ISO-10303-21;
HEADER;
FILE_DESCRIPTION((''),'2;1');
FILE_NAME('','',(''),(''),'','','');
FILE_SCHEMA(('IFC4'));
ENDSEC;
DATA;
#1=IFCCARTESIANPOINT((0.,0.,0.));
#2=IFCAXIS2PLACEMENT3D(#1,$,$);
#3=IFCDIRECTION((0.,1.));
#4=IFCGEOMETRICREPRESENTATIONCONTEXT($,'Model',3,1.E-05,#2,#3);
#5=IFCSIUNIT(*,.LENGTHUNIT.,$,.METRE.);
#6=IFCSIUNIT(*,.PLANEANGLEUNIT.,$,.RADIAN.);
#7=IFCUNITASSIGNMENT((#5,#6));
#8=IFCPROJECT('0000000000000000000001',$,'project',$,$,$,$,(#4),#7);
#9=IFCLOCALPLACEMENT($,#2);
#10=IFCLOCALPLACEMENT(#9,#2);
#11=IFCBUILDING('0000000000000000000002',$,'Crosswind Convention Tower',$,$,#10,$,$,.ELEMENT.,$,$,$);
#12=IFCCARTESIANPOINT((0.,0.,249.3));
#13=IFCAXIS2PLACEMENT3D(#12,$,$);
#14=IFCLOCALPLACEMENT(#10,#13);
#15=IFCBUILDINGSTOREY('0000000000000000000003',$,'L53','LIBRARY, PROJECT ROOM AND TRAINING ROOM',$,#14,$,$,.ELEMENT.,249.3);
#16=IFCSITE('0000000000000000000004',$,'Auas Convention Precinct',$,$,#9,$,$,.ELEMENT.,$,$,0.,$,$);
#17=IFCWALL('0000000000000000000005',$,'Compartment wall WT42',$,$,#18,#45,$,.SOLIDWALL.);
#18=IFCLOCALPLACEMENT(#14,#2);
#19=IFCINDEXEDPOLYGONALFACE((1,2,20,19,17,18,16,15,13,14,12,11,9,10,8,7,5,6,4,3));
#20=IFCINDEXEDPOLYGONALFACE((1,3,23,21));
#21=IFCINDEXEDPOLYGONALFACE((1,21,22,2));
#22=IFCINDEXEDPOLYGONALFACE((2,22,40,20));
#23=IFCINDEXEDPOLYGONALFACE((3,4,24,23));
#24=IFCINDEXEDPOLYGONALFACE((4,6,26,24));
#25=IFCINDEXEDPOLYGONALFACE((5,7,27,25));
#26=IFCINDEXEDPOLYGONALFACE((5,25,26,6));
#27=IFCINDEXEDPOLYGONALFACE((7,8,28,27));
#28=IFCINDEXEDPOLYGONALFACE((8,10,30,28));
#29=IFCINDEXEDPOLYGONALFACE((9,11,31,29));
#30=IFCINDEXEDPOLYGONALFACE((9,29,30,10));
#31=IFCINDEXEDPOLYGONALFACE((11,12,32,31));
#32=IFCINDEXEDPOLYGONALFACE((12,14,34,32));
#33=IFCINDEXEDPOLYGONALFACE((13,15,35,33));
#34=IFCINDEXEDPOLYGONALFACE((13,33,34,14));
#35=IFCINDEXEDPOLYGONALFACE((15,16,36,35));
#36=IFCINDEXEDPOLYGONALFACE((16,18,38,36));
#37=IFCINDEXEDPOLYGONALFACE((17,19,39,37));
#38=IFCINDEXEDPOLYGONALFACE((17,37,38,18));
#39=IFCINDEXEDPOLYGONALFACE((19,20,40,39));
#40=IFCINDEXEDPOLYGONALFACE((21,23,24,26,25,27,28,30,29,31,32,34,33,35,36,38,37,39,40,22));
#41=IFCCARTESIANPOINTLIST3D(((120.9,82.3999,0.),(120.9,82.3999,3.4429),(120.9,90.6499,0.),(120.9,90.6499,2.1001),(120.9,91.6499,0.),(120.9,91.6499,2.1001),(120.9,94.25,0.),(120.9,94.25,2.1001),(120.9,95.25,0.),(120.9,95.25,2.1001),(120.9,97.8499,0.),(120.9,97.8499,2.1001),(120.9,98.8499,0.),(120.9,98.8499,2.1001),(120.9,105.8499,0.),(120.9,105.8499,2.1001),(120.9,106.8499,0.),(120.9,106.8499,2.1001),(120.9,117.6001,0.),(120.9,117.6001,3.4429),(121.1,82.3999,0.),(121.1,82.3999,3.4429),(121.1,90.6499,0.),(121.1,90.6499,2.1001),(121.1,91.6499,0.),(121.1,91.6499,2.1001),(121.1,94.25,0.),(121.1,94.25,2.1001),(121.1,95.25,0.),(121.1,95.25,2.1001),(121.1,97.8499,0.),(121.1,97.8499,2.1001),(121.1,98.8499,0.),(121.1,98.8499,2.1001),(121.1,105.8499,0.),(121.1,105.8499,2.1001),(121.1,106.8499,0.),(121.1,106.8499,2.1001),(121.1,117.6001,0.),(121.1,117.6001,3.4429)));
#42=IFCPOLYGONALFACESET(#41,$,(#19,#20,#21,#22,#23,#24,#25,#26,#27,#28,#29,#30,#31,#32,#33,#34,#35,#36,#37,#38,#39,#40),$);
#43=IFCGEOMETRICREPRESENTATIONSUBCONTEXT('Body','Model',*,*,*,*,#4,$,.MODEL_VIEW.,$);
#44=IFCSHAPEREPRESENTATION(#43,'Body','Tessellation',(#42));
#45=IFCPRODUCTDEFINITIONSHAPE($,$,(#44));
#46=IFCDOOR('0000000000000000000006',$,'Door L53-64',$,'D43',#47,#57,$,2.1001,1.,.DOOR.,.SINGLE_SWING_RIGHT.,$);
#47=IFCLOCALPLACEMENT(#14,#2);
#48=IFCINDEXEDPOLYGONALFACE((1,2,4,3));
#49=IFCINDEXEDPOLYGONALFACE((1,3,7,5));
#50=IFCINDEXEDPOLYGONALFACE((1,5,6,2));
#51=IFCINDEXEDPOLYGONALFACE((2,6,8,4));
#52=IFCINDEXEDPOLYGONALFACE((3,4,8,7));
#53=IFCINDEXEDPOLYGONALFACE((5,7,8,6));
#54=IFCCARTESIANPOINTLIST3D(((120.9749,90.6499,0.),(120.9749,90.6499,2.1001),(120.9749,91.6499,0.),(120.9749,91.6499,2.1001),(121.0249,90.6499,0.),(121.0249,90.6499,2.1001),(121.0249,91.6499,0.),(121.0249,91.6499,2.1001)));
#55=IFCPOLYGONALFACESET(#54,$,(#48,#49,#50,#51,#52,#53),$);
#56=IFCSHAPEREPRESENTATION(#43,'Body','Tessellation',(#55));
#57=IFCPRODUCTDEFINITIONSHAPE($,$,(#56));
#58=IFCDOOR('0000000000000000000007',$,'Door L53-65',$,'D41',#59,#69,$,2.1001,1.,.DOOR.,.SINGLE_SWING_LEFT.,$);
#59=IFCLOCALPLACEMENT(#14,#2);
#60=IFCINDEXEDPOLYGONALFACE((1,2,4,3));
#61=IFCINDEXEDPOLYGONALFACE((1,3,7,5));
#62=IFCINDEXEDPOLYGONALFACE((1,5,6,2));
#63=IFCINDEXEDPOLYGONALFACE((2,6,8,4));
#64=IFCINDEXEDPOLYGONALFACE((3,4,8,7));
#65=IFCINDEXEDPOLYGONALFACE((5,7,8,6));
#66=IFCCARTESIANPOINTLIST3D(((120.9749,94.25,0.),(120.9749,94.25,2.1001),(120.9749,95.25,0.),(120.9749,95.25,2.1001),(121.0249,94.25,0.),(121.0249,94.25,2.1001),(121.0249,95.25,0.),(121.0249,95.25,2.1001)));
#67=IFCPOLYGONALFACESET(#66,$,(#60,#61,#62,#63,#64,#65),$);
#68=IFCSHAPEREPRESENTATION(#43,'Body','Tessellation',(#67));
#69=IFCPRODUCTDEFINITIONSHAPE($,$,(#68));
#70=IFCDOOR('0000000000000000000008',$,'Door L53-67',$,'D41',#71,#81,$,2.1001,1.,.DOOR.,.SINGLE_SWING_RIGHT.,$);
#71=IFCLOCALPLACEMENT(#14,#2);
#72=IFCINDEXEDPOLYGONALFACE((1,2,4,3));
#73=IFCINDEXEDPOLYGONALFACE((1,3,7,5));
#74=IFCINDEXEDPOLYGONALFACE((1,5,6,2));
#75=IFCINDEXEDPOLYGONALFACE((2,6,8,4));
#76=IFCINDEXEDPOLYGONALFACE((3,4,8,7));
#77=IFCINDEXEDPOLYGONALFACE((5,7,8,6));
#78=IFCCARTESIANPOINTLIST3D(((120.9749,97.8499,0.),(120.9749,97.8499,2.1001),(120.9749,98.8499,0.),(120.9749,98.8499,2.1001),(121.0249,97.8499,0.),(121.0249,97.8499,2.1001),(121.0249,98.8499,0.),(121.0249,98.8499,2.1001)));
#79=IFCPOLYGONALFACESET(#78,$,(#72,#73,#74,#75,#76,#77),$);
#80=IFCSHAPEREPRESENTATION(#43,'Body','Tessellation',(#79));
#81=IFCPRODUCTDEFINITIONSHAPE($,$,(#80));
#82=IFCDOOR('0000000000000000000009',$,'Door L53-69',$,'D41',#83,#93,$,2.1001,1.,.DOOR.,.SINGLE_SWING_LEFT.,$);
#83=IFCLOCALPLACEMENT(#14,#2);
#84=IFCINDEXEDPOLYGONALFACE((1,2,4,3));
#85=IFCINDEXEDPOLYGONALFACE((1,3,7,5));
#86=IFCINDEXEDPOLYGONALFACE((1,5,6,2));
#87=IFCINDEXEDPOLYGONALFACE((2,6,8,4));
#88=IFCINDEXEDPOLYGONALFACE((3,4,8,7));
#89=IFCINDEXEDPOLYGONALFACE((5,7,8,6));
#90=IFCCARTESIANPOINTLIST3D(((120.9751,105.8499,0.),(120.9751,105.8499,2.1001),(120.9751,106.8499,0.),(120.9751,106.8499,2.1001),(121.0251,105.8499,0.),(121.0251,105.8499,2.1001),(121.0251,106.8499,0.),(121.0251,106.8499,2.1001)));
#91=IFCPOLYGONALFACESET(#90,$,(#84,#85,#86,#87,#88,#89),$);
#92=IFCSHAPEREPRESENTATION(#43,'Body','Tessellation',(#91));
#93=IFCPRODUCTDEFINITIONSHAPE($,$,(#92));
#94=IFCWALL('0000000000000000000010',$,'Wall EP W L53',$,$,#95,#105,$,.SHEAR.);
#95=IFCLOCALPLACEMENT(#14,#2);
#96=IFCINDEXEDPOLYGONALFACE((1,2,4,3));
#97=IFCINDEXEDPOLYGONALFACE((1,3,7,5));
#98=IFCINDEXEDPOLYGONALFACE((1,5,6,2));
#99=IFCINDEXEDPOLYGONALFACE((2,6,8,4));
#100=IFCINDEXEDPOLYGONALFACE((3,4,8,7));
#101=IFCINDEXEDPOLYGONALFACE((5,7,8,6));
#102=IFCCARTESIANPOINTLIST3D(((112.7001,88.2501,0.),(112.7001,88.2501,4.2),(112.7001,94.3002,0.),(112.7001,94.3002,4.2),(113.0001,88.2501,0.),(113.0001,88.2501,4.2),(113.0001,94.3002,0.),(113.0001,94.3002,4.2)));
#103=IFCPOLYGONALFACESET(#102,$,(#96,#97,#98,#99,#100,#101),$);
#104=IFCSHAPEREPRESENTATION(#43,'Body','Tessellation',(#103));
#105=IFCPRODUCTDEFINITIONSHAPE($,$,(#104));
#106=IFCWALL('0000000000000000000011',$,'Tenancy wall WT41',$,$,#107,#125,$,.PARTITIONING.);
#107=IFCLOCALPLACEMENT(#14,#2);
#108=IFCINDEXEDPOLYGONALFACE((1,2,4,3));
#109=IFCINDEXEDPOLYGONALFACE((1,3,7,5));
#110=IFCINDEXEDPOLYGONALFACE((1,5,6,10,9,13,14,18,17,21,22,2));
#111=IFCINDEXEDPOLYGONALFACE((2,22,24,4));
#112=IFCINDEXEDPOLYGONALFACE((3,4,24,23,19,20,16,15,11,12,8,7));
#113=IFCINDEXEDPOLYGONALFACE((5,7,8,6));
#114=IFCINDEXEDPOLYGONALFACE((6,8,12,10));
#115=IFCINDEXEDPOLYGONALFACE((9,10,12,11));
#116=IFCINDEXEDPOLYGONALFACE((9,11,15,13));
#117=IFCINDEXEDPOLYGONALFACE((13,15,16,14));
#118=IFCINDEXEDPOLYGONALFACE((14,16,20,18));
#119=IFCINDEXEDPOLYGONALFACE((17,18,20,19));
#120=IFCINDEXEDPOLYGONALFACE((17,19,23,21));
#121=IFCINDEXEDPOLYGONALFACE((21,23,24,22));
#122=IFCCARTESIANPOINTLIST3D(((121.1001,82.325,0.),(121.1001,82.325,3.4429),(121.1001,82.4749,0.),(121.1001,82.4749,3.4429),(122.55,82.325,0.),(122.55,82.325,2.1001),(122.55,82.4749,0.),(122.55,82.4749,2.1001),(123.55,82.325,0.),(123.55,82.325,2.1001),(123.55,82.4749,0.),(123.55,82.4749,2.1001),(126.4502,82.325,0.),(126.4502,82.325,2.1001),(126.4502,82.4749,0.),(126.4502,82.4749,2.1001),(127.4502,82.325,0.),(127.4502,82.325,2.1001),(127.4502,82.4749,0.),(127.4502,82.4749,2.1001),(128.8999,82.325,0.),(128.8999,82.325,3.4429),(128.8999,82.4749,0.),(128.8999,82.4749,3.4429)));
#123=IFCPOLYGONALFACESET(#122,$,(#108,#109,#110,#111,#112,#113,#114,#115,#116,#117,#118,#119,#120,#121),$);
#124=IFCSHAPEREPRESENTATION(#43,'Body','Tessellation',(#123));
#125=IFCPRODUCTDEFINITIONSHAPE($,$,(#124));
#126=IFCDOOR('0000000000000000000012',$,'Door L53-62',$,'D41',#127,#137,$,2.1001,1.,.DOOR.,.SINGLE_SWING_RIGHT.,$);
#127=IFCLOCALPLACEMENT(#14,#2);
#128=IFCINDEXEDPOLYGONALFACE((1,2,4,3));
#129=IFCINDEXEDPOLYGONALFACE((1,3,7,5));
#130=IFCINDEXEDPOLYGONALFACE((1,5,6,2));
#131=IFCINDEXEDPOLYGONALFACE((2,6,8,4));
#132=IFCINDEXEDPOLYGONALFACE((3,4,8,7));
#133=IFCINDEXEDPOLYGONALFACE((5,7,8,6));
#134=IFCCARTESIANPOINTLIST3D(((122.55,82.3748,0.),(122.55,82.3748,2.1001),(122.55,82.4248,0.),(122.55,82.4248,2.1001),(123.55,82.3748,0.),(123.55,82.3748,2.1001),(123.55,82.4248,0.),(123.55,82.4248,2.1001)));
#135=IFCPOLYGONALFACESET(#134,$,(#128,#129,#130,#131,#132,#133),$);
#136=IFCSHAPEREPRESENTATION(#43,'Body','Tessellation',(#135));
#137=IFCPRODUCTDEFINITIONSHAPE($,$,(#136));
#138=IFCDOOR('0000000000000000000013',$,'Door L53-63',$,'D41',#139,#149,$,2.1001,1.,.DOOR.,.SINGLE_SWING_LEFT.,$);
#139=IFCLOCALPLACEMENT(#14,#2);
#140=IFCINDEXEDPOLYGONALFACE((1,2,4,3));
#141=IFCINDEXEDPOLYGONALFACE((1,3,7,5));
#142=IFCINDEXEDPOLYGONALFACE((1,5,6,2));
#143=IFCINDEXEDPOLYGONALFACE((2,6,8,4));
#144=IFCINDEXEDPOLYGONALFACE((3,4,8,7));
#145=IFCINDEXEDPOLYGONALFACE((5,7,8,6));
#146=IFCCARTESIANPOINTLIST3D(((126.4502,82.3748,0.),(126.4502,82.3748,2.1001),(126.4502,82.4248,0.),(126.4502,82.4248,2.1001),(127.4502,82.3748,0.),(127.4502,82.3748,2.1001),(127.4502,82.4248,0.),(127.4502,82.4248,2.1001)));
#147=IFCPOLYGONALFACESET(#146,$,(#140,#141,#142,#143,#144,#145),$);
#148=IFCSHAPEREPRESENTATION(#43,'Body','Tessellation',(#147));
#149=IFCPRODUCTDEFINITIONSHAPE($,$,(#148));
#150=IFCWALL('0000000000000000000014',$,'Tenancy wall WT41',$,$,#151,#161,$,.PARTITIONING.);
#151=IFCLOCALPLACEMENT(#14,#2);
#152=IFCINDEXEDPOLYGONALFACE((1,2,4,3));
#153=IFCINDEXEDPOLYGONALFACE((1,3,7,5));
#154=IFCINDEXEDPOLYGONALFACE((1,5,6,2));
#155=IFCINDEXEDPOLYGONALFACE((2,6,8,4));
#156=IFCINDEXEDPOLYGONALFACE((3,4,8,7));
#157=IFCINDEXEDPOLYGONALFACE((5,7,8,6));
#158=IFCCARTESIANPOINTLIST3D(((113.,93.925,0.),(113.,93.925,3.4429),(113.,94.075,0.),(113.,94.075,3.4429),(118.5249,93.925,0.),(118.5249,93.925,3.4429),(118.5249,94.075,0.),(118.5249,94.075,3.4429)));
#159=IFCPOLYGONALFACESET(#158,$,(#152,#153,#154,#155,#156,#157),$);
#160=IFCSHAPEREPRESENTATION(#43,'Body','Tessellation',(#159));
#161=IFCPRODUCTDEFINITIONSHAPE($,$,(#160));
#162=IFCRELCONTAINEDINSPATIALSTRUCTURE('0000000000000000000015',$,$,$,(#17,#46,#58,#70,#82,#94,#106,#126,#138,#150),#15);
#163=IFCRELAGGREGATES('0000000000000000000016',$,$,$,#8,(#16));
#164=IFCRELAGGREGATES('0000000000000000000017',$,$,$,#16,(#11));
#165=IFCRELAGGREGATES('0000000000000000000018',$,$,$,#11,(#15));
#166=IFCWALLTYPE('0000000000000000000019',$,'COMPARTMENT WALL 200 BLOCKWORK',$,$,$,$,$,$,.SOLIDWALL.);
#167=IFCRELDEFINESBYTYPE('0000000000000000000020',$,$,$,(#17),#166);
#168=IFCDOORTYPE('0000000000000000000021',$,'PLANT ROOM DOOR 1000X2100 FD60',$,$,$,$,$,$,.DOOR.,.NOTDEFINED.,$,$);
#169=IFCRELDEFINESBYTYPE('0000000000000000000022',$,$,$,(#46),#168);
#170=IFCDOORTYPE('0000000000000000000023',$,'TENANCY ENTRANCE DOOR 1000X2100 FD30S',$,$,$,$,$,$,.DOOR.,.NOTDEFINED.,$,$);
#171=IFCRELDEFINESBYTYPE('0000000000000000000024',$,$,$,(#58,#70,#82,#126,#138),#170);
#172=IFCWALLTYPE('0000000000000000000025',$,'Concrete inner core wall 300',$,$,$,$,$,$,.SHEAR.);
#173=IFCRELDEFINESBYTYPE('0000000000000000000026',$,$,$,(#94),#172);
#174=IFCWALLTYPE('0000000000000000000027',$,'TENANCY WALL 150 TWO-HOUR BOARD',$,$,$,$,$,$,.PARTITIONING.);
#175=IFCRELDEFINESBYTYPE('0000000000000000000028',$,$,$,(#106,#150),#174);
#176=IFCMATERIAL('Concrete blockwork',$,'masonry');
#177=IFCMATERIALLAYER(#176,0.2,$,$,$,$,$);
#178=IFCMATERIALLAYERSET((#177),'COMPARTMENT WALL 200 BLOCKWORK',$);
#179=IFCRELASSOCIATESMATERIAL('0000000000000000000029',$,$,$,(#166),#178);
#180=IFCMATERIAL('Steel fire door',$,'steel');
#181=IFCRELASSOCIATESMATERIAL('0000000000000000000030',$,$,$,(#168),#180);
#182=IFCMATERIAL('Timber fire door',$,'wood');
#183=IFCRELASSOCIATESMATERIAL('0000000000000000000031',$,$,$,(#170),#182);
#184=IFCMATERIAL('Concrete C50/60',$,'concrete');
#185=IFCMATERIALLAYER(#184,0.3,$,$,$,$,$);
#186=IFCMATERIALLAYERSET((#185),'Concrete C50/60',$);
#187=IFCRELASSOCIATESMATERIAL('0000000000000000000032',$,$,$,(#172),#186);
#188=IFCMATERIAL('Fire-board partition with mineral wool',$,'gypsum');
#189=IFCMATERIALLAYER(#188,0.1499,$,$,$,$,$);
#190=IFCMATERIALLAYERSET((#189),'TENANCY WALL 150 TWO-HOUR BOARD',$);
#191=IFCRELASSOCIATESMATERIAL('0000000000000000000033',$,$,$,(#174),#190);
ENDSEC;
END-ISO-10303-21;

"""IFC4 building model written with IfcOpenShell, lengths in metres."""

from ifc_helpers import new_model, si_unit, direction, frame, frame_2d, origin, place, context, subcontext, project, spatial, rectangle, extrude, material, layer, layer_set, type_object, element, fill, save


model = new_model("IFC4")

# Units and contexts
model_context = context("Model", 3, precision=1e-05, world=origin(), true_north=direction((0.0, 1.0)))
body_context = subcontext(model_context, "Body", "Model", "MODEL_VIEW")
ifc_project = project(units=[si_unit("LENGTHUNIT", "METRE"), si_unit("PLANEANGLEUNIT", "RADIAN")], contexts=[model_context])

# Site, building, storey
site_placement = place(None, origin())
site = spatial("IfcSite", under=ifc_project, at=site_placement, Name="Auas Convention Precinct", CompositionType="ELEMENT", RefElevation=0.0)
building_placement = place(site_placement, origin())
building = spatial("IfcBuilding", under=site, at=building_placement, Name="Crosswind Convention Tower", CompositionType="ELEMENT")
storey_placement = place(building_placement, frame((0.0, 0.0, 249.3)))
storey = spatial("IfcBuildingStorey", under=building, at=storey_placement, Name="L53", Description="LIBRARY, PROJECT ROOM AND TRAINING ROOM", CompositionType="ELEMENT", Elevation=249.3)

# Wall, openings, doors
ifc_material_1 = material(Name="Concrete blockwork", Category="masonry")
ifc_layer_1 = layer(ifc_material_1, 0.2)
ifc_layer_set_1 = layer_set([ifc_layer_1], Name="COMPARTMENT WALL 200 BLOCKWORK")
wall_type_1 = type_object("IfcWallType", Name="COMPARTMENT WALL 200 BLOCKWORK", PredefinedType="SOLIDWALL", material=ifc_layer_set_1)
wall_1_placement = place(storey_placement, frame((121.0, 82.3999, 0.0), z_axis=(0.0, 0.0, 1.0), x_axis=(0.0, 1.0, 0.0)))
wall_1 = element("IfcWall", 1, at=wall_1_placement, inside=storey, type_object=wall_type_1, Name="Compartment wall WT42", PredefinedType="SOLIDWALL", context=body_context, shape_type="SweptSolid", body=[
    extrude(rectangle(XDim=35.2002, YDim=0.2, at=frame_2d((17.6001, 0.0))), origin(), (0.0, 0.0, 1.0), 3.4429),
])
opening_1_placement = place(wall_1_placement, frame((8.25, 0.0, 0.0)))
opening_1 = element("IfcOpeningElement", 2, at=opening_1_placement, cuts=wall_1, PredefinedType="OPENING", context=body_context, shape_type="SweptSolid", body=[
    extrude(rectangle(XDim=1.0, YDim=2.1001, at=frame_2d((0.5, 1.05))), frame((0.0, 0.1099, 0.0), z_axis=(0.0, -1.0, 0.0), x_axis=(1.0, 0.0, 0.0)), (0.0, 0.0, 1.0), 0.22),
])
opening_2_placement = place(wall_1_placement, frame((11.8501, 0.0, 0.0)))
opening_2 = element("IfcOpeningElement", 3, at=opening_2_placement, cuts=wall_1, PredefinedType="OPENING", context=body_context, shape_type="SweptSolid", body=[
    extrude(rectangle(XDim=1.0, YDim=2.1001, at=frame_2d((0.5, 1.05))), frame((0.0, 0.1099, 0.0), z_axis=(0.0, -1.0, 0.0), x_axis=(1.0, 0.0, 0.0)), (0.0, 0.0, 1.0), 0.22),
])
opening_3_placement = place(wall_1_placement, frame((15.45, 0.0, 0.0)))
opening_3 = element("IfcOpeningElement", 4, at=opening_3_placement, cuts=wall_1, PredefinedType="OPENING", context=body_context, shape_type="SweptSolid", body=[
    extrude(rectangle(XDim=1.0, YDim=2.1001, at=frame_2d((0.5, 1.05))), frame((0.0, 0.1099, 0.0), z_axis=(0.0, -1.0, 0.0), x_axis=(1.0, 0.0, 0.0)), (0.0, 0.0, 1.0), 0.22),
])
opening_4_placement = place(wall_1_placement, frame((23.45, 0.0, 0.0)))
opening_4 = element("IfcOpeningElement", 5, at=opening_4_placement, cuts=wall_1, PredefinedType="OPENING", context=body_context, shape_type="SweptSolid", body=[
    extrude(rectangle(XDim=1.0, YDim=2.1001, at=frame_2d((0.5, 1.05))), frame((0.0, 0.1099, 0.0), z_axis=(0.0, -1.0, 0.0), x_axis=(1.0, 0.0, 0.0)), (0.0, 0.0, 1.0), 0.22),
])
ifc_material_2 = material(Name="Steel fire door", Category="steel")
door_type_1 = type_object("IfcDoorType", Name="PLANT ROOM DOOR 1000X2100 FD60", OperationType="NOTDEFINED", PredefinedType="DOOR", material=ifc_material_2)
door_1_placement = place(opening_1_placement, frame((1.0, 0.0, 0.0), z_axis=(0.0, 0.0, 1.0), x_axis=(-1.0, 0.0, 0.0)))
door_1 = element("IfcDoor", 6, at=door_1_placement, inside=storey, type_object=door_type_1, Name="Door L53-64", ObjectType="D43", OperationType="SINGLE_SWING_RIGHT", OverallHeight=2.1001, OverallWidth=1.0, PredefinedType="DOOR", context=body_context, shape_type="SweptSolid", body=[
    extrude(rectangle(XDim=1.0, YDim=2.1001, at=frame_2d((0.5, 1.05))), frame((0.0, 0.0249, 0.0), z_axis=(0.0, -1.0, 0.0), x_axis=(1.0, 0.0, 0.0)), (0.0, 0.0, 1.0), 0.05),
])
fill(opening_1, door_1)
ifc_material_3 = material(Name="Timber fire door", Category="wood")
door_type_2 = type_object("IfcDoorType", Name="TENANCY ENTRANCE DOOR 1000X2100 FD30S", OperationType="NOTDEFINED", PredefinedType="DOOR", material=ifc_material_3)
door_2_placement = place(opening_2_placement, frame((1.0, 0.0, 0.0), z_axis=(0.0, 0.0, 1.0), x_axis=(-1.0, 0.0, 0.0)))
door_2 = element("IfcDoor", 7, at=door_2_placement, inside=storey, type_object=door_type_2, Name="Door L53-65", ObjectType="D41", OperationType="SINGLE_SWING_LEFT", OverallHeight=2.1001, OverallWidth=1.0, PredefinedType="DOOR", context=body_context, shape_type="SweptSolid", body=[
    extrude(rectangle(XDim=1.0, YDim=2.1001, at=frame_2d((0.5, 1.05))), frame((0.0, 0.0249, 0.0), z_axis=(0.0, -1.0, 0.0), x_axis=(1.0, 0.0, 0.0)), (0.0, 0.0, 1.0), 0.05),
])
fill(opening_2, door_2)
door_3_placement = place(opening_3_placement, frame((1.0, 0.0, 0.0), z_axis=(0.0, 0.0, 1.0), x_axis=(-1.0, 0.0, 0.0)))
door_3 = element("IfcDoor", 8, at=door_3_placement, inside=storey, type_object=door_type_2, Name="Door L53-67", ObjectType="D41", OperationType="SINGLE_SWING_RIGHT", OverallHeight=2.1001, OverallWidth=1.0, PredefinedType="DOOR", context=body_context, shape_type="SweptSolid", body=[
    extrude(rectangle(XDim=1.0, YDim=2.1001, at=frame_2d((0.5, 1.05))), frame((0.0, 0.0249, 0.0), z_axis=(0.0, -1.0, 0.0), x_axis=(1.0, 0.0, 0.0)), (0.0, 0.0, 1.0), 0.05),
])
fill(opening_3, door_3)
door_4_placement = place(opening_4_placement, origin())
door_4 = element("IfcDoor", 9, at=door_4_placement, inside=storey, type_object=door_type_2, Name="Door L53-69", ObjectType="D41", OperationType="SINGLE_SWING_LEFT", OverallHeight=2.1001, OverallWidth=1.0, PredefinedType="DOOR", context=body_context, shape_type="SweptSolid", body=[
    extrude(rectangle(XDim=1.0, YDim=2.1001, at=frame_2d((0.5, 1.05))), frame((0.0, 0.0249, 0.0), z_axis=(0.0, -1.0, 0.0), x_axis=(1.0, 0.0, 0.0)), (0.0, 0.0, 1.0), 0.05),
])
fill(opening_4, door_4)

# Wall
ifc_material_4 = material(Name="Concrete C50/60", Category="concrete")
ifc_layer_2 = layer(ifc_material_4, 0.3)
ifc_layer_set_2 = layer_set([ifc_layer_2], Name="Concrete C50/60")
wall_type_2 = type_object("IfcWallType", Name="Concrete inner core wall 300", PredefinedType="SHEAR", material=ifc_layer_set_2)
wall_2_placement = place(storey_placement, frame((112.8501, 94.3, 0.0), z_axis=(0.0, 0.0, 1.0), x_axis=(0.0, -1.0, 0.0)))
element("IfcWall", 10, at=wall_2_placement, inside=storey, type_object=wall_type_2, Name="Wall EP W L53", PredefinedType="SHEAR", context=body_context, shape_type="SweptSolid", body=[
    extrude(rectangle(XDim=6.05, YDim=0.3, at=frame_2d((3.0249, 0.0))), origin(), (0.0, 0.0, 1.0), 4.2),
])

# Wall, openings, doors
ifc_material_5 = material(Name="Fire-board partition with mineral wool", Category="gypsum")
ifc_layer_3 = layer(ifc_material_5, 0.1499)
ifc_layer_set_3 = layer_set([ifc_layer_3], Name="TENANCY WALL 150 TWO-HOUR BOARD")
wall_type_3 = type_object("IfcWallType", Name="TENANCY WALL 150 TWO-HOUR BOARD", PredefinedType="PARTITIONING", material=ifc_layer_set_3)
wall_3_placement = place(storey_placement, frame((121.1001, 82.3999, 0.0), z_axis=(0.0, 0.0, 1.0), x_axis=(1.0, 0.0, 0.0)))
wall_3 = element("IfcWall", 11, at=wall_3_placement, inside=storey, type_object=wall_type_3, Name="Tenancy wall WT41", PredefinedType="PARTITIONING", context=body_context, shape_type="SweptSolid", body=[
    extrude(rectangle(XDim=7.7998, YDim=0.1499, at=frame_2d((3.8999, 0.0))), origin(), (0.0, 0.0, 1.0), 3.4429),
])
opening_5_placement = place(wall_3_placement, frame((1.45, 0.0, 0.0)))
opening_5 = element("IfcOpeningElement", 12, at=opening_5_placement, cuts=wall_3, PredefinedType="OPENING", context=body_context, shape_type="SweptSolid", body=[
    extrude(rectangle(XDim=1.0, YDim=2.1001, at=frame_2d((0.5, 1.05))), frame((0.0, 0.085, 0.0), z_axis=(0.0, -1.0, 0.0), x_axis=(1.0, 0.0, 0.0)), (0.0, 0.0, 1.0), 0.1699),
])
opening_6_placement = place(wall_3_placement, frame((5.3501, 0.0, 0.0)))
opening_6 = element("IfcOpeningElement", 13, at=opening_6_placement, cuts=wall_3, PredefinedType="OPENING", context=body_context, shape_type="SweptSolid", body=[
    extrude(rectangle(XDim=1.0, YDim=2.1001, at=frame_2d((0.5, 1.05))), frame((0.0, 0.085, 0.0), z_axis=(0.0, -1.0, 0.0), x_axis=(1.0, 0.0, 0.0)), (0.0, 0.0, 1.0), 0.1699),
])
door_5_placement = place(opening_5_placement, origin())
door_5 = element("IfcDoor", 14, at=door_5_placement, inside=storey, type_object=door_type_2, Name="Door L53-62", ObjectType="D41", OperationType="SINGLE_SWING_RIGHT", OverallHeight=2.1001, OverallWidth=1.0, PredefinedType="DOOR", context=body_context, shape_type="SweptSolid", body=[
    extrude(rectangle(XDim=1.0, YDim=2.1001, at=frame_2d((0.5, 1.05))), frame((0.0, 0.0249, 0.0), z_axis=(0.0, -1.0, 0.0), x_axis=(1.0, 0.0, 0.0)), (0.0, 0.0, 1.0), 0.05),
])
fill(opening_5, door_5)
door_6_placement = place(opening_6_placement, origin())
door_6 = element("IfcDoor", 15, at=door_6_placement, inside=storey, type_object=door_type_2, Name="Door L53-63", ObjectType="D41", OperationType="SINGLE_SWING_LEFT", OverallHeight=2.1001, OverallWidth=1.0, PredefinedType="DOOR", context=body_context, shape_type="SweptSolid", body=[
    extrude(rectangle(XDim=1.0, YDim=2.1001, at=frame_2d((0.5, 1.05))), frame((0.0, 0.0249, 0.0), z_axis=(0.0, -1.0, 0.0), x_axis=(1.0, 0.0, 0.0)), (0.0, 0.0, 1.0), 0.05),
])
fill(opening_6, door_6)

# Wall
wall_4_placement = place(storey_placement, frame((113.0, 94.0, 0.0), z_axis=(0.0, 0.0, 1.0), x_axis=(1.0, 0.0, 0.0)))
element("IfcWall", 16, at=wall_4_placement, inside=storey, type_object=wall_type_3, Name="Tenancy wall WT41", PredefinedType="PARTITIONING", context=body_context, shape_type="SweptSolid", body=[
    extrude(rectangle(XDim=5.5249, YDim=0.1499, at=frame_2d((2.7625, 0.0))), origin(), (0.0, 0.0, 1.0), 3.4429),
])

save(model, "model.ifc")
